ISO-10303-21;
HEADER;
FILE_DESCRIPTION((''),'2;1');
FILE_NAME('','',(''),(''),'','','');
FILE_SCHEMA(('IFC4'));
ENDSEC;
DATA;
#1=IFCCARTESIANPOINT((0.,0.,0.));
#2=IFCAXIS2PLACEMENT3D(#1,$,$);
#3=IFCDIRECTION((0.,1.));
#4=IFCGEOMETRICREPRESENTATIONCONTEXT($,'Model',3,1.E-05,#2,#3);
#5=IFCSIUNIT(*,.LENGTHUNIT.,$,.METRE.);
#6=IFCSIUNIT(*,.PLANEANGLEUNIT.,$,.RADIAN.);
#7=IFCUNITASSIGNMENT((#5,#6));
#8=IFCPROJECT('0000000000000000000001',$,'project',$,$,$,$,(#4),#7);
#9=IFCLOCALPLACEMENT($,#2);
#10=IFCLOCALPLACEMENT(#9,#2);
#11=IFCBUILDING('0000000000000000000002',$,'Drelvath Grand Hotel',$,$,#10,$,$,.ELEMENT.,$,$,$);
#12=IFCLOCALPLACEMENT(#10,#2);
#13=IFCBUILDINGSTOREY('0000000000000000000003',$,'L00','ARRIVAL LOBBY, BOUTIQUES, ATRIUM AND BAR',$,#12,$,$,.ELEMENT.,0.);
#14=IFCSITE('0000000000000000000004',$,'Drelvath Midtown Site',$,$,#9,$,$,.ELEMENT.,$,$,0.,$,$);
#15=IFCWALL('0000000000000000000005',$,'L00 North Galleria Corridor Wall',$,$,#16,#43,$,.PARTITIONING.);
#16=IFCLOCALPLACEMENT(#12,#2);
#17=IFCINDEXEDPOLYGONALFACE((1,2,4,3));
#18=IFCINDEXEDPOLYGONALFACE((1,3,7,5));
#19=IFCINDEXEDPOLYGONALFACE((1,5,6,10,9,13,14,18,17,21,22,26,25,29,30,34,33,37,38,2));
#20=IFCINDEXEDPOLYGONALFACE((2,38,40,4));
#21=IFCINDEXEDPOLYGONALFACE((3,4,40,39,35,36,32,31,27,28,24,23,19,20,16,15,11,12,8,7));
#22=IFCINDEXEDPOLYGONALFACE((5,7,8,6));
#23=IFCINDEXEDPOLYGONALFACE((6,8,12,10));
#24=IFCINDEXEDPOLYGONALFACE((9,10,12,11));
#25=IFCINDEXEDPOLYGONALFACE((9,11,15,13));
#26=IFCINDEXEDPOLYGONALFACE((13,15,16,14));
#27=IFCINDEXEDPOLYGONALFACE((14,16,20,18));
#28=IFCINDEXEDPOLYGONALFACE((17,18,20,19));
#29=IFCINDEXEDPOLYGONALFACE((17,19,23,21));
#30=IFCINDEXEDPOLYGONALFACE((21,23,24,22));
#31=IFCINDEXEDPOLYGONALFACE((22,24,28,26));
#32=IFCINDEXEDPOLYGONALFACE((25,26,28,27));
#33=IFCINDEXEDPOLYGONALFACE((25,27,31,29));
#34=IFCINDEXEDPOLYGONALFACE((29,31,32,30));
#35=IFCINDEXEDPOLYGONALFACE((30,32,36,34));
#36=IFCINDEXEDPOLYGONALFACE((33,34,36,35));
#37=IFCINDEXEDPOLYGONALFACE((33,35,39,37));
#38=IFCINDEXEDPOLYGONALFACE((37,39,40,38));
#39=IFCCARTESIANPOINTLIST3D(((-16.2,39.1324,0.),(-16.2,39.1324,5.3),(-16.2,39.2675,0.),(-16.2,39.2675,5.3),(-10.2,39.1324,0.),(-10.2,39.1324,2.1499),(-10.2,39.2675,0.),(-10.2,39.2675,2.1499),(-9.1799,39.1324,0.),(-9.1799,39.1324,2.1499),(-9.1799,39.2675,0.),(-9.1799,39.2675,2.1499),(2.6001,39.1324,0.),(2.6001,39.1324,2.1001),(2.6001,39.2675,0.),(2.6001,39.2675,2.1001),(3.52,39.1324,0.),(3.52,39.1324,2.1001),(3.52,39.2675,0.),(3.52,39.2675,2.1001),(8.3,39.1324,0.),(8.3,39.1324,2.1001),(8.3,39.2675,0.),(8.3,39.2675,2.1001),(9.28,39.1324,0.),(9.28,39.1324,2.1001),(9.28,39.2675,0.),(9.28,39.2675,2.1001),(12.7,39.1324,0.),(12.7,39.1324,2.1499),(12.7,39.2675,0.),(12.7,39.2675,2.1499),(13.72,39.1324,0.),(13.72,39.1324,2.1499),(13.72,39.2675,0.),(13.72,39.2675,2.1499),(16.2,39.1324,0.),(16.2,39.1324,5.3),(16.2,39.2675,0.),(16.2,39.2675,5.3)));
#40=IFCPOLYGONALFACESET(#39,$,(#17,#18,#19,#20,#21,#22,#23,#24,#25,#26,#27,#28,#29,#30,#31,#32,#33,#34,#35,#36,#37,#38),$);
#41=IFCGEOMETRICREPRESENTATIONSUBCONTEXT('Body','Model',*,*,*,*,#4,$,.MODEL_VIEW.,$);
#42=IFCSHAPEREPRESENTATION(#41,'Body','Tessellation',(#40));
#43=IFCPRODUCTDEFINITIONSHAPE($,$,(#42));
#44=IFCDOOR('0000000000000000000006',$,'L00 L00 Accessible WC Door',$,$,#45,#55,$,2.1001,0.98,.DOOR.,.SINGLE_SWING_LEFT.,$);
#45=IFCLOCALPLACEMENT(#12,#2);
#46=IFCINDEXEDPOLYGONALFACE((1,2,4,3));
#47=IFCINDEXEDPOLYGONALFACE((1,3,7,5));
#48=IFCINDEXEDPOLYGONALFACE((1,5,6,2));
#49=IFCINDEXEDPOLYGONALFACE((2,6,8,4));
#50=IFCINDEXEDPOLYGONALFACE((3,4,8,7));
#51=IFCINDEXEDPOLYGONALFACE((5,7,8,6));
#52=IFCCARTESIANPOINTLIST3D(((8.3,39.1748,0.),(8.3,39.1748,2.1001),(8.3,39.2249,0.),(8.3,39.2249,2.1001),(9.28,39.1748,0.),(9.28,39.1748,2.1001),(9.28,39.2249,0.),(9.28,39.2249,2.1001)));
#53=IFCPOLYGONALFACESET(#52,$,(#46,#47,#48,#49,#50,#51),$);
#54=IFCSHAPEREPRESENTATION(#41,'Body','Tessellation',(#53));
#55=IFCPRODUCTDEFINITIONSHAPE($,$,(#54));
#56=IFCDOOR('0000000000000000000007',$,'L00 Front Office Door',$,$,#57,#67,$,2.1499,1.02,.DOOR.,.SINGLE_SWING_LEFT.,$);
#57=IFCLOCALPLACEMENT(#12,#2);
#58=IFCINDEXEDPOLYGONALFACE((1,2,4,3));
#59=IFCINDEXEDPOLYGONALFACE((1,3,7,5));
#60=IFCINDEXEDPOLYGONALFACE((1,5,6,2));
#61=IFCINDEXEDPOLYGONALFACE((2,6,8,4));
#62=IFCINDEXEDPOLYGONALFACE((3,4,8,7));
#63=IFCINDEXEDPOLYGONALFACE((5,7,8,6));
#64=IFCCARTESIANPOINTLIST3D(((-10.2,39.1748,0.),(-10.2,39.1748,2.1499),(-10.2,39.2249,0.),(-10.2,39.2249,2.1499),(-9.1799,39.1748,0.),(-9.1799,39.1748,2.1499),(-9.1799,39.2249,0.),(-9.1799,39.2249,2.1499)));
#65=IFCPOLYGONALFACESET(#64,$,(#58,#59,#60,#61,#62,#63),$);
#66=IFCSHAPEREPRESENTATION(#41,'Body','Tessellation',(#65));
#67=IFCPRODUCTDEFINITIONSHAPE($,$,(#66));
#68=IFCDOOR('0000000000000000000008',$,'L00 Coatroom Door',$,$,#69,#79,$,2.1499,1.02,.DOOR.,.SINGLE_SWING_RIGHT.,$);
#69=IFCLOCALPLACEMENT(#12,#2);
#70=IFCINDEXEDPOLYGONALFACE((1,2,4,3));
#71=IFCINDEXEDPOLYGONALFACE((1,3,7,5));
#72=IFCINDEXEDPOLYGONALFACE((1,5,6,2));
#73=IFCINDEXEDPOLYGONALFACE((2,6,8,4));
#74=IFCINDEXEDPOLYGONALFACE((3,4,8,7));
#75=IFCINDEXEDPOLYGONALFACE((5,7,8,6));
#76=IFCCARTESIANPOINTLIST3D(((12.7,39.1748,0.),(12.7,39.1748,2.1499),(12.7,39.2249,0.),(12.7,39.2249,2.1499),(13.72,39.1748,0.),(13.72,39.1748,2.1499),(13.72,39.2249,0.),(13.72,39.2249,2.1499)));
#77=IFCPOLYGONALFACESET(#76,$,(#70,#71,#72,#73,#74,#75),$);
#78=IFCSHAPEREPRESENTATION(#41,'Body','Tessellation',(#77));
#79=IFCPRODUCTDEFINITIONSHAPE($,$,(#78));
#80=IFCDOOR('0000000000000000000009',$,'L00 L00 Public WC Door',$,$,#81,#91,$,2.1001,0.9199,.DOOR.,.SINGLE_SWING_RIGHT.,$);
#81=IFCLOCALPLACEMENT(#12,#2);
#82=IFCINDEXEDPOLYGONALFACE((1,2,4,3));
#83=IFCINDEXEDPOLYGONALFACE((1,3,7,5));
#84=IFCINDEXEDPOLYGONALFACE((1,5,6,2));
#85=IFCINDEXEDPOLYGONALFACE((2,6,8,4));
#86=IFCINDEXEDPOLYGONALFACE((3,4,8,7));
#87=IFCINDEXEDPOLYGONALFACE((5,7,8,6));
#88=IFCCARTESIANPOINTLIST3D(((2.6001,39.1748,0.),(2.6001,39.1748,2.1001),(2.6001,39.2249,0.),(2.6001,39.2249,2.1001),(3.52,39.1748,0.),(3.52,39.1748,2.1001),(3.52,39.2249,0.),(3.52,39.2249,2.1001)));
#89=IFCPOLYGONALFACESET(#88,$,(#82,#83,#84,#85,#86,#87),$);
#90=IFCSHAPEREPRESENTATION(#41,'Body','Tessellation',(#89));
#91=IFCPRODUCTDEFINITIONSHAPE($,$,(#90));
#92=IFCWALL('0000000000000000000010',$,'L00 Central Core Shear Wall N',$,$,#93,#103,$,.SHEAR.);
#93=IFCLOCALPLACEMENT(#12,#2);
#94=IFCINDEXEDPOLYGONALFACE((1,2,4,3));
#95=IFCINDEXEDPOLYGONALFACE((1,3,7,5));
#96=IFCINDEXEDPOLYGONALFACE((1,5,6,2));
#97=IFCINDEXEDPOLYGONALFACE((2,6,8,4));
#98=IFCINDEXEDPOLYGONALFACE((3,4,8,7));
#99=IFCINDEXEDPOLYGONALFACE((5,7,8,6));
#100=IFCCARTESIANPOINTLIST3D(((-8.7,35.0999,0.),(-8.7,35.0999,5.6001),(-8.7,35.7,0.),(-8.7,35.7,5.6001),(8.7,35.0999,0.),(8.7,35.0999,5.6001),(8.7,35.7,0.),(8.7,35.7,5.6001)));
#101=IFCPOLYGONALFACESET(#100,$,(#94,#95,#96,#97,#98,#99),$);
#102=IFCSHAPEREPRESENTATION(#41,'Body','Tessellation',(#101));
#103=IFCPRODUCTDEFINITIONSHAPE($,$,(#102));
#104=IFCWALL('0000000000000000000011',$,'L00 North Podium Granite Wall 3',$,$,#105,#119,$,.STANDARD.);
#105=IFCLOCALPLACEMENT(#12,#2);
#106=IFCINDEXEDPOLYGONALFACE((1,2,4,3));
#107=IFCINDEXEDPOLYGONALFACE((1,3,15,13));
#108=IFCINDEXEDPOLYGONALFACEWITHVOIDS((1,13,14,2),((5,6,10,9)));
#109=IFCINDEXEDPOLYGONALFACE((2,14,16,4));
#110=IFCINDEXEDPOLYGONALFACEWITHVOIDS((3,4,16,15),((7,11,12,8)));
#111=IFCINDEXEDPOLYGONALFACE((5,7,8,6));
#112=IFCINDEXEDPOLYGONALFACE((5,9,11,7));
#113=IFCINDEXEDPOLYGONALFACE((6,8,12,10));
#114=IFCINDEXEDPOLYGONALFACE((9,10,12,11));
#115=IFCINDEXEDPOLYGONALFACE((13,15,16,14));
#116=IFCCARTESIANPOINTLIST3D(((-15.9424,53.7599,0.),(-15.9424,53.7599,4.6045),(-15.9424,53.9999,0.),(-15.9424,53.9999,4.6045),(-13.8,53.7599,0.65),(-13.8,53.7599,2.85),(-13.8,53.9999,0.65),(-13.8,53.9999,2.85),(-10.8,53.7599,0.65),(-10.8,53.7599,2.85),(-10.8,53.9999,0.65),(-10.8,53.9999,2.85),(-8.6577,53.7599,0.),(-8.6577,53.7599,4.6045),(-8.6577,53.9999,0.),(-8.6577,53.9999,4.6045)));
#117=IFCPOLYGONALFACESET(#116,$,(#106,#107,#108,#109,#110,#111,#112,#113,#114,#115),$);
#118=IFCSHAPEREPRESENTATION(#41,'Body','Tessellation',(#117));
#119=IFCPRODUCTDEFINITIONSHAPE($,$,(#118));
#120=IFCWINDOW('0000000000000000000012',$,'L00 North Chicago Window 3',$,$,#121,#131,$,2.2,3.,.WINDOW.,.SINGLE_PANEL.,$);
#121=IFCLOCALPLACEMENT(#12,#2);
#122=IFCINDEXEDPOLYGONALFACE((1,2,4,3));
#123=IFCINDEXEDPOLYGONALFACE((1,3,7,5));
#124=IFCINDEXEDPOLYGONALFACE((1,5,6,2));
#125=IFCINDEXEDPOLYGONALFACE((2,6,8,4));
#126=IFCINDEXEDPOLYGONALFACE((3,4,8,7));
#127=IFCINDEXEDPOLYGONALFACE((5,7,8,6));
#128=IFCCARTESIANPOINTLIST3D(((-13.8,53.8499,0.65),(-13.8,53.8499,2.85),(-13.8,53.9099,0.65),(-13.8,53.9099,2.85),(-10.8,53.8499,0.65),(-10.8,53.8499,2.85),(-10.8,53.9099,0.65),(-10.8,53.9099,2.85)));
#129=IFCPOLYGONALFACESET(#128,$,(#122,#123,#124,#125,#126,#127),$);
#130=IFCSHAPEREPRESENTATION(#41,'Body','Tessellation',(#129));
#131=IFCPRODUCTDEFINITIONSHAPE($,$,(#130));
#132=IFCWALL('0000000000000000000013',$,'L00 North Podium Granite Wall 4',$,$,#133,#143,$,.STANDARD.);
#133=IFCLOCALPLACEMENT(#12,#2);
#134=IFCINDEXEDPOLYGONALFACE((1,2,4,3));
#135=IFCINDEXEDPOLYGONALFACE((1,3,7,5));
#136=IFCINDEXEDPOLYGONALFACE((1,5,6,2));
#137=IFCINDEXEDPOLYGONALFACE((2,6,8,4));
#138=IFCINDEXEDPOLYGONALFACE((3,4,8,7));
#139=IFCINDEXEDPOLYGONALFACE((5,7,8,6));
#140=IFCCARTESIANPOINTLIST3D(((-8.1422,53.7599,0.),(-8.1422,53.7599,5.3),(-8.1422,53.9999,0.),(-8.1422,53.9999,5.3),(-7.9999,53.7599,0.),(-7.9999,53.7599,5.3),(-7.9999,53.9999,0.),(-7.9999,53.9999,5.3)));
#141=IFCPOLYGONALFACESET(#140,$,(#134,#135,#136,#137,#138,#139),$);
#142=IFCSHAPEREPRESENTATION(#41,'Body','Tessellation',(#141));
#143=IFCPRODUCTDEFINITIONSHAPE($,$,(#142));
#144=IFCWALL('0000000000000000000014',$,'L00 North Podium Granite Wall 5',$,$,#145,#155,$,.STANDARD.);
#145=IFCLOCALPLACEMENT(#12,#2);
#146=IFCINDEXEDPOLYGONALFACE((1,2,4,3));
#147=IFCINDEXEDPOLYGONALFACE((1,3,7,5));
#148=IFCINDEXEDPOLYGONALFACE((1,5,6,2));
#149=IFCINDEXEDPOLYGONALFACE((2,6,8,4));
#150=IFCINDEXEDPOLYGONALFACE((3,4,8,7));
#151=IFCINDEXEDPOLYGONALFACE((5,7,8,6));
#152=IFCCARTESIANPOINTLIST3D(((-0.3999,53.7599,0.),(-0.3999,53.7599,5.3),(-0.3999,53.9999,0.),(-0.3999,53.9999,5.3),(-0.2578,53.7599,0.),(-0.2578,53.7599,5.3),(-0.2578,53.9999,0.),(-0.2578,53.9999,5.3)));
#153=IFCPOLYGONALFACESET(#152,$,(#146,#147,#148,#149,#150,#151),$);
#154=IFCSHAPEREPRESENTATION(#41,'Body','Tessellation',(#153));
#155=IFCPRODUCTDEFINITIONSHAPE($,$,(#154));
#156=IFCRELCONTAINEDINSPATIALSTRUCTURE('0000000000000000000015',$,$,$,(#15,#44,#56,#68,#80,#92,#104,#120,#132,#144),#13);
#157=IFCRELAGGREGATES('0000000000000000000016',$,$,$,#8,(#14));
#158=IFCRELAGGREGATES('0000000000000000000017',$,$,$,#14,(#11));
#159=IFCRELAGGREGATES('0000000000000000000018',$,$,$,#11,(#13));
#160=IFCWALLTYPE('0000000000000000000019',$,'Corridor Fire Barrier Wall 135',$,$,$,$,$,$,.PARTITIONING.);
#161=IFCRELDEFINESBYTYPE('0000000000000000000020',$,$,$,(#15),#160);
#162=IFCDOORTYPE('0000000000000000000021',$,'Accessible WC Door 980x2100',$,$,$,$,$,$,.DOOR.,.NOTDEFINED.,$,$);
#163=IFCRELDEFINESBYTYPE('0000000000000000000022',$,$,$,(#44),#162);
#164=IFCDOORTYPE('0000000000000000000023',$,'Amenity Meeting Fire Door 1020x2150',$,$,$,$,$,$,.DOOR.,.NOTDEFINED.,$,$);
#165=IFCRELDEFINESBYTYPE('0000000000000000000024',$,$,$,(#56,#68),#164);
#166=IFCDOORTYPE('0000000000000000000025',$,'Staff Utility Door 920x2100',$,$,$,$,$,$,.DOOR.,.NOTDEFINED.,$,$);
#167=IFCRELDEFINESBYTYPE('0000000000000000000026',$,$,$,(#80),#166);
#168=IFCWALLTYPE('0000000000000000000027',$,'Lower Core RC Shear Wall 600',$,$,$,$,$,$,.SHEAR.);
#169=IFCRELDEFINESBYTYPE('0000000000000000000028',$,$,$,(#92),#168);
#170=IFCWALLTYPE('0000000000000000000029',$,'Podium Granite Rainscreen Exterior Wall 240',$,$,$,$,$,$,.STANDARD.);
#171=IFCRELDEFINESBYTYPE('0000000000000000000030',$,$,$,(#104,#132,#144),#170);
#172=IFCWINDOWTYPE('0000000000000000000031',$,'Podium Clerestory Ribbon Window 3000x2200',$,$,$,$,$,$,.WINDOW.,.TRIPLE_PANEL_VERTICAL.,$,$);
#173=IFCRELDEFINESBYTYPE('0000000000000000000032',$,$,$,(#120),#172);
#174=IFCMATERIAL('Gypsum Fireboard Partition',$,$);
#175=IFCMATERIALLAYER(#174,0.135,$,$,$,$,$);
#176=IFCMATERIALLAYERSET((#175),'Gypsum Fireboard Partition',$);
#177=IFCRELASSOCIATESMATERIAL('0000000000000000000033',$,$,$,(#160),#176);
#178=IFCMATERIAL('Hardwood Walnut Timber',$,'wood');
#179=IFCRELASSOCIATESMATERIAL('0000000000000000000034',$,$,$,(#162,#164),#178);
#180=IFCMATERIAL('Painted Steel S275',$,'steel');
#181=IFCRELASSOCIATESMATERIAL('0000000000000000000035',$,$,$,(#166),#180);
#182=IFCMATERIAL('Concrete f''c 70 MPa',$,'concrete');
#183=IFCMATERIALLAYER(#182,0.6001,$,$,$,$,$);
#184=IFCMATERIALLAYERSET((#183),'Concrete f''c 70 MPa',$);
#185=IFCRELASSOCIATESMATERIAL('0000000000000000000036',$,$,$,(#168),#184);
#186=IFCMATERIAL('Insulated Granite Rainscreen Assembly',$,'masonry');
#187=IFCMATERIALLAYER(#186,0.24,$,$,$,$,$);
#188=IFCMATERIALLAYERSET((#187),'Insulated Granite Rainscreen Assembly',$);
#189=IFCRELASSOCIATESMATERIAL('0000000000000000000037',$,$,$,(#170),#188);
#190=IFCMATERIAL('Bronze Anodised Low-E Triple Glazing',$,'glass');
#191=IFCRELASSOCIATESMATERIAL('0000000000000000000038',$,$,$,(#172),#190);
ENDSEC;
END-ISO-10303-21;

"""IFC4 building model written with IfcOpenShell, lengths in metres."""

from ifc_helpers import new_model, si_unit, direction, frame, frame_2d, origin, place, context, subcontext, project, spatial, rectangle, extrude, material, layer, layer_set, type_object, element, fill, save


model = new_model("IFC4")

# Units and contexts
model_context = context("Model", 3, precision=1e-05, world=origin(), true_north=direction((0.0, 1.0)))
body_context = subcontext(model_context, "Body", "Model", "MODEL_VIEW")
ifc_project = project(units=[si_unit("LENGTHUNIT", "METRE"), si_unit("PLANEANGLEUNIT", "RADIAN")], contexts=[model_context])

# Site, building, storey
site_placement = place(None, origin())
site = spatial("IfcSite", under=ifc_project, at=site_placement, Name="Drelvath Midtown Site", CompositionType="ELEMENT", RefElevation=0.0)
building_placement = place(site_placement, origin())
building = spatial("IfcBuilding", under=site, at=building_placement, Name="Drelvath Grand Hotel", CompositionType="ELEMENT")
storey_placement = place(building_placement, origin())
storey = spatial("IfcBuildingStorey", under=building, at=storey_placement, Name="L00", Description="ARRIVAL LOBBY, BOUTIQUES, ATRIUM AND BAR", CompositionType="ELEMENT", Elevation=0.0)

# Shared definitions
ifc_material_1 = material(Name="Concrete f'c 70 MPa", Category="concrete")

# Wall, openings, doors
ifc_material_2 = material(Name="Gypsum Fireboard Partition")
ifc_layer_1 = layer(ifc_material_2, 0.135)
ifc_layer_set_1 = layer_set([ifc_layer_1], Name="Gypsum Fireboard Partition")
wall_type_1 = type_object("IfcWallType", Name="Corridor Fire Barrier Wall 135", PredefinedType="PARTITIONING", material=ifc_layer_set_1)
wall_1_placement = place(storey_placement, frame((-16.2, 39.2, 0.0), z_axis=(0.0, 0.0, 1.0), x_axis=(1.0, 0.0, 0.0)))
wall_1 = element("IfcWall", 1, at=wall_1_placement, inside=storey, type_object=wall_type_1, Name="L00 North Galleria Corridor Wall", PredefinedType="PARTITIONING", context=body_context, shape_type="SweptSolid", body=[
    extrude(rectangle(XDim=32.3999, YDim=0.135, at=frame_2d((16.2, 0.0))), origin(), (0.0, 0.0, 1.0), 5.3),
])
opening_1_placement = place(wall_1_placement, frame((6.0, 0.0, 0.0)))
opening_1 = element("IfcOpeningElement", 2, at=opening_1_placement, cuts=wall_1, PredefinedType="OPENING", context=body_context, shape_type="SweptSolid", body=[
    extrude(rectangle(XDim=1.02, YDim=2.1499, at=frame_2d((0.51, 1.075))), frame((0.0, 0.0774, 0.0), z_axis=(0.0, -1.0, 0.0), x_axis=(1.0, 0.0, 0.0)), (0.0, 0.0, 1.0), 0.155),
])
opening_2_placement = place(wall_1_placement, frame((18.8, 0.0, 0.0)))
opening_2 = element("IfcOpeningElement", 3, at=opening_2_placement, cuts=wall_1, PredefinedType="OPENING", context=body_context, shape_type="SweptSolid", body=[
    extrude(rectangle(XDim=0.9199, YDim=2.1001, at=frame_2d((0.46, 1.05))), frame((0.0, 0.0774, 0.0), z_axis=(0.0, -1.0, 0.0), x_axis=(1.0, 0.0, 0.0)), (0.0, 0.0, 1.0), 0.155),
])
opening_3_placement = place(wall_1_placement, frame((24.5, 0.0, 0.0)))
opening_3 = element("IfcOpeningElement", 4, at=opening_3_placement, cuts=wall_1, PredefinedType="OPENING", context=body_context, shape_type="SweptSolid", body=[
    extrude(rectangle(XDim=0.98, YDim=2.1001, at=frame_2d((0.49, 1.05))), frame((0.0, 0.0774, 0.0), z_axis=(0.0, -1.0, 0.0), x_axis=(1.0, 0.0, 0.0)), (0.0, 0.0, 1.0), 0.155),
])
opening_4_placement = place(wall_1_placement, frame((28.8999, 0.0, 0.0)))
opening_4 = element("IfcOpeningElement", 5, at=opening_4_placement, cuts=wall_1, PredefinedType="OPENING", context=body_context, shape_type="SweptSolid", body=[
    extrude(rectangle(XDim=1.02, YDim=2.1499, at=frame_2d((0.51, 1.075))), frame((0.0, 0.0774, 0.0), z_axis=(0.0, -1.0, 0.0), x_axis=(1.0, 0.0, 0.0)), (0.0, 0.0, 1.0), 0.155),
])
ifc_material_3 = material(Name="Hardwood Walnut Timber", Category="wood")
door_type_1 = type_object("IfcDoorType", Name="Accessible WC Door 980x2100", OperationType="NOTDEFINED", PredefinedType="DOOR", material=ifc_material_3)
door_1_placement = place(opening_3_placement, origin())
door_1 = element("IfcDoor", 6, at=door_1_placement, inside=storey, type_object=door_type_1, Name="L00 L00 Accessible WC Door", OperationType="SINGLE_SWING_LEFT", OverallHeight=2.1001, OverallWidth=0.98, PredefinedType="DOOR", context=body_context, shape_type="SweptSolid", body=[
    extrude(rectangle(XDim=0.98, YDim=2.1001, at=frame_2d((0.49, 1.05))), frame((0.0, 0.0249, 0.0), z_axis=(0.0, -1.0, 0.0), x_axis=(1.0, 0.0, 0.0)), (0.0, 0.0, 1.0), 0.05),
])
fill(opening_3, door_1)
door_type_2 = type_object("IfcDoorType", Name="Amenity Meeting Fire Door 1020x2150", OperationType="NOTDEFINED", PredefinedType="DOOR", material=ifc_material_3)
door_2_placement = place(opening_1_placement, origin())
door_2 = element("IfcDoor", 7, at=door_2_placement, inside=storey, type_object=door_type_2, Name="L00 Front Office Door", OperationType="SINGLE_SWING_LEFT", OverallHeight=2.1499, OverallWidth=1.02, PredefinedType="DOOR", context=body_context, shape_type="SweptSolid", body=[
    extrude(rectangle(XDim=1.02, YDim=2.1499, at=frame_2d((0.51, 1.075))), frame((0.0, 0.0249, 0.0), z_axis=(0.0, -1.0, 0.0), x_axis=(1.0, 0.0, 0.0)), (0.0, 0.0, 1.0), 0.05),
])
fill(opening_1, door_2)
door_3_placement = place(opening_4_placement, origin())
door_3 = element("IfcDoor", 8, at=door_3_placement, inside=storey, type_object=door_type_2, Name="L00 Coatroom Door", OperationType="SINGLE_SWING_RIGHT", OverallHeight=2.1499, OverallWidth=1.02, PredefinedType="DOOR", context=body_context, shape_type="SweptSolid", body=[
    extrude(rectangle(XDim=1.02, YDim=2.1499, at=frame_2d((0.51, 1.075))), frame((0.0, 0.0249, 0.0), z_axis=(0.0, -1.0, 0.0), x_axis=(1.0, 0.0, 0.0)), (0.0, 0.0, 1.0), 0.05),
])
fill(opening_4, door_3)
ifc_material_4 = material(Name="Painted Steel S275", Category="steel")
door_type_3 = type_object("IfcDoorType", Name="Staff Utility Door 920x2100", OperationType="NOTDEFINED", PredefinedType="DOOR", material=ifc_material_4)
door_4_placement = place(opening_2_placement, origin())
door_4 = element("IfcDoor", 9, at=door_4_placement, inside=storey, type_object=door_type_3, Name="L00 L00 Public WC Door", OperationType="SINGLE_SWING_RIGHT", OverallHeight=2.1001, OverallWidth=0.9199, PredefinedType="DOOR", context=body_context, shape_type="SweptSolid", body=[
    extrude(rectangle(XDim=0.9199, YDim=2.1001, at=frame_2d((0.46, 1.05))), frame((0.0, 0.0249, 0.0), z_axis=(0.0, -1.0, 0.0), x_axis=(1.0, 0.0, 0.0)), (0.0, 0.0, 1.0), 0.05),
])
fill(opening_2, door_4)

# Wall
ifc_layer_2 = layer(ifc_material_1, 0.6001)
ifc_layer_set_2 = layer_set([ifc_layer_2], Name="Concrete f'c 70 MPa")
wall_type_2 = type_object("IfcWallType", Name="Lower Core RC Shear Wall 600", PredefinedType="SHEAR", material=ifc_layer_set_2)
wall_2_placement = place(storey_placement, frame((-8.7, 35.3999, 0.0), z_axis=(0.0, 0.0, 1.0), x_axis=(1.0, 0.0, 0.0)))
element("IfcWall", 10, at=wall_2_placement, inside=storey, type_object=wall_type_2, Name="L00 Central Core Shear Wall N", PredefinedType="SHEAR", context=body_context, shape_type="SweptSolid", body=[
    extrude(rectangle(XDim=17.3999, YDim=0.6001, at=frame_2d((8.7, 0.0))), origin(), (0.0, 0.0, 1.0), 5.6001),
])

# Wall, opening, window
ifc_material_5 = material(Name="Insulated Granite Rainscreen Assembly", Category="masonry")
ifc_layer_3 = layer(ifc_material_5, 0.24)
ifc_layer_set_3 = layer_set([ifc_layer_3], Name="Insulated Granite Rainscreen Assembly")
wall_type_3 = type_object("IfcWallType", Name="Podium Granite Rainscreen Exterior Wall 240", PredefinedType="STANDARD", material=ifc_layer_set_3)
wall_3_placement = place(storey_placement, frame((-15.9424, 53.8799, 0.0), z_axis=(0.0, 0.0, 1.0), x_axis=(1.0, 0.0, 0.0)))
wall_3 = element("IfcWall", 11, at=wall_3_placement, inside=storey, type_object=wall_type_3, Name="L00 North Podium Granite Wall 3", PredefinedType="STANDARD", context=body_context, shape_type="SweptSolid", body=[
    extrude(rectangle(XDim=7.2847, YDim=0.24, at=frame_2d((3.6423, 0.0))), origin(), (0.0, 0.0, 1.0), 4.6045),
])
opening_5_placement = place(wall_3_placement, frame((2.1423, 0.0, 0.6499)))
opening_5 = element("IfcOpeningElement", 12, at=opening_5_placement, cuts=wall_3, PredefinedType="OPENING", context=body_context, shape_type="SweptSolid", body=[
    extrude(rectangle(XDim=3.0, YDim=2.2, at=frame_2d((1.5, 1.1001))), frame((0.0, 0.1299, 0.0), z_axis=(0.0, -1.0, 0.0), x_axis=(1.0, 0.0, 0.0)), (0.0, 0.0, 1.0), 0.26),
])
ifc_material_6 = material(Name="Bronze Anodised Low-E Triple Glazing", Category="glass")
window_type = type_object("IfcWindowType", Name="Podium Clerestory Ribbon Window 3000x2200", PartitioningType="TRIPLE_PANEL_VERTICAL", PredefinedType="WINDOW", material=ifc_material_6)
window_placement = place(opening_5_placement, origin())
window = element("IfcWindow", 13, at=window_placement, inside=storey, type_object=window_type, Name="L00 North Chicago Window 3", OverallHeight=2.2, OverallWidth=3.0, PartitioningType="SINGLE_PANEL", PredefinedType="WINDOW", context=body_context, shape_type="SweptSolid", body=[
    extrude(rectangle(XDim=3.0, YDim=2.2, at=frame_2d((1.5, 1.1001))), frame((0.0, 0.03, 0.0), z_axis=(0.0, -1.0, 0.0), x_axis=(1.0, 0.0, 0.0)), (0.0, 0.0, 1.0), 0.0601),
])
fill(opening_5, window)

# Walls
wall_4_placement = place(storey_placement, frame((-8.1423, 53.8799, 0.0), z_axis=(0.0, 0.0, 1.0), x_axis=(1.0, 0.0, 0.0)))
element("IfcWall", 14, at=wall_4_placement, inside=storey, type_object=wall_type_3, Name="L00 North Podium Granite Wall 4", PredefinedType="STANDARD", context=body_context, shape_type="SweptSolid", body=[
    extrude(rectangle(XDim=0.1423, YDim=0.24, at=frame_2d((0.0713, 0.0))), origin(), (0.0, 0.0, 1.0), 5.3),
])
wall_5_placement = place(storey_placement, frame((-0.3999, 53.8799, 0.0), z_axis=(0.0, 0.0, 1.0), x_axis=(1.0, 0.0, 0.0)))
element("IfcWall", 15, at=wall_5_placement, inside=storey, type_object=wall_type_3, Name="L00 North Podium Granite Wall 5", PredefinedType="STANDARD", context=body_context, shape_type="SweptSolid", body=[
    extrude(rectangle(XDim=0.1421, YDim=0.24, at=frame_2d((0.071, 0.0))), origin(), (0.0, 0.0, 1.0), 5.3),
])

save(model, "model.ifc")
